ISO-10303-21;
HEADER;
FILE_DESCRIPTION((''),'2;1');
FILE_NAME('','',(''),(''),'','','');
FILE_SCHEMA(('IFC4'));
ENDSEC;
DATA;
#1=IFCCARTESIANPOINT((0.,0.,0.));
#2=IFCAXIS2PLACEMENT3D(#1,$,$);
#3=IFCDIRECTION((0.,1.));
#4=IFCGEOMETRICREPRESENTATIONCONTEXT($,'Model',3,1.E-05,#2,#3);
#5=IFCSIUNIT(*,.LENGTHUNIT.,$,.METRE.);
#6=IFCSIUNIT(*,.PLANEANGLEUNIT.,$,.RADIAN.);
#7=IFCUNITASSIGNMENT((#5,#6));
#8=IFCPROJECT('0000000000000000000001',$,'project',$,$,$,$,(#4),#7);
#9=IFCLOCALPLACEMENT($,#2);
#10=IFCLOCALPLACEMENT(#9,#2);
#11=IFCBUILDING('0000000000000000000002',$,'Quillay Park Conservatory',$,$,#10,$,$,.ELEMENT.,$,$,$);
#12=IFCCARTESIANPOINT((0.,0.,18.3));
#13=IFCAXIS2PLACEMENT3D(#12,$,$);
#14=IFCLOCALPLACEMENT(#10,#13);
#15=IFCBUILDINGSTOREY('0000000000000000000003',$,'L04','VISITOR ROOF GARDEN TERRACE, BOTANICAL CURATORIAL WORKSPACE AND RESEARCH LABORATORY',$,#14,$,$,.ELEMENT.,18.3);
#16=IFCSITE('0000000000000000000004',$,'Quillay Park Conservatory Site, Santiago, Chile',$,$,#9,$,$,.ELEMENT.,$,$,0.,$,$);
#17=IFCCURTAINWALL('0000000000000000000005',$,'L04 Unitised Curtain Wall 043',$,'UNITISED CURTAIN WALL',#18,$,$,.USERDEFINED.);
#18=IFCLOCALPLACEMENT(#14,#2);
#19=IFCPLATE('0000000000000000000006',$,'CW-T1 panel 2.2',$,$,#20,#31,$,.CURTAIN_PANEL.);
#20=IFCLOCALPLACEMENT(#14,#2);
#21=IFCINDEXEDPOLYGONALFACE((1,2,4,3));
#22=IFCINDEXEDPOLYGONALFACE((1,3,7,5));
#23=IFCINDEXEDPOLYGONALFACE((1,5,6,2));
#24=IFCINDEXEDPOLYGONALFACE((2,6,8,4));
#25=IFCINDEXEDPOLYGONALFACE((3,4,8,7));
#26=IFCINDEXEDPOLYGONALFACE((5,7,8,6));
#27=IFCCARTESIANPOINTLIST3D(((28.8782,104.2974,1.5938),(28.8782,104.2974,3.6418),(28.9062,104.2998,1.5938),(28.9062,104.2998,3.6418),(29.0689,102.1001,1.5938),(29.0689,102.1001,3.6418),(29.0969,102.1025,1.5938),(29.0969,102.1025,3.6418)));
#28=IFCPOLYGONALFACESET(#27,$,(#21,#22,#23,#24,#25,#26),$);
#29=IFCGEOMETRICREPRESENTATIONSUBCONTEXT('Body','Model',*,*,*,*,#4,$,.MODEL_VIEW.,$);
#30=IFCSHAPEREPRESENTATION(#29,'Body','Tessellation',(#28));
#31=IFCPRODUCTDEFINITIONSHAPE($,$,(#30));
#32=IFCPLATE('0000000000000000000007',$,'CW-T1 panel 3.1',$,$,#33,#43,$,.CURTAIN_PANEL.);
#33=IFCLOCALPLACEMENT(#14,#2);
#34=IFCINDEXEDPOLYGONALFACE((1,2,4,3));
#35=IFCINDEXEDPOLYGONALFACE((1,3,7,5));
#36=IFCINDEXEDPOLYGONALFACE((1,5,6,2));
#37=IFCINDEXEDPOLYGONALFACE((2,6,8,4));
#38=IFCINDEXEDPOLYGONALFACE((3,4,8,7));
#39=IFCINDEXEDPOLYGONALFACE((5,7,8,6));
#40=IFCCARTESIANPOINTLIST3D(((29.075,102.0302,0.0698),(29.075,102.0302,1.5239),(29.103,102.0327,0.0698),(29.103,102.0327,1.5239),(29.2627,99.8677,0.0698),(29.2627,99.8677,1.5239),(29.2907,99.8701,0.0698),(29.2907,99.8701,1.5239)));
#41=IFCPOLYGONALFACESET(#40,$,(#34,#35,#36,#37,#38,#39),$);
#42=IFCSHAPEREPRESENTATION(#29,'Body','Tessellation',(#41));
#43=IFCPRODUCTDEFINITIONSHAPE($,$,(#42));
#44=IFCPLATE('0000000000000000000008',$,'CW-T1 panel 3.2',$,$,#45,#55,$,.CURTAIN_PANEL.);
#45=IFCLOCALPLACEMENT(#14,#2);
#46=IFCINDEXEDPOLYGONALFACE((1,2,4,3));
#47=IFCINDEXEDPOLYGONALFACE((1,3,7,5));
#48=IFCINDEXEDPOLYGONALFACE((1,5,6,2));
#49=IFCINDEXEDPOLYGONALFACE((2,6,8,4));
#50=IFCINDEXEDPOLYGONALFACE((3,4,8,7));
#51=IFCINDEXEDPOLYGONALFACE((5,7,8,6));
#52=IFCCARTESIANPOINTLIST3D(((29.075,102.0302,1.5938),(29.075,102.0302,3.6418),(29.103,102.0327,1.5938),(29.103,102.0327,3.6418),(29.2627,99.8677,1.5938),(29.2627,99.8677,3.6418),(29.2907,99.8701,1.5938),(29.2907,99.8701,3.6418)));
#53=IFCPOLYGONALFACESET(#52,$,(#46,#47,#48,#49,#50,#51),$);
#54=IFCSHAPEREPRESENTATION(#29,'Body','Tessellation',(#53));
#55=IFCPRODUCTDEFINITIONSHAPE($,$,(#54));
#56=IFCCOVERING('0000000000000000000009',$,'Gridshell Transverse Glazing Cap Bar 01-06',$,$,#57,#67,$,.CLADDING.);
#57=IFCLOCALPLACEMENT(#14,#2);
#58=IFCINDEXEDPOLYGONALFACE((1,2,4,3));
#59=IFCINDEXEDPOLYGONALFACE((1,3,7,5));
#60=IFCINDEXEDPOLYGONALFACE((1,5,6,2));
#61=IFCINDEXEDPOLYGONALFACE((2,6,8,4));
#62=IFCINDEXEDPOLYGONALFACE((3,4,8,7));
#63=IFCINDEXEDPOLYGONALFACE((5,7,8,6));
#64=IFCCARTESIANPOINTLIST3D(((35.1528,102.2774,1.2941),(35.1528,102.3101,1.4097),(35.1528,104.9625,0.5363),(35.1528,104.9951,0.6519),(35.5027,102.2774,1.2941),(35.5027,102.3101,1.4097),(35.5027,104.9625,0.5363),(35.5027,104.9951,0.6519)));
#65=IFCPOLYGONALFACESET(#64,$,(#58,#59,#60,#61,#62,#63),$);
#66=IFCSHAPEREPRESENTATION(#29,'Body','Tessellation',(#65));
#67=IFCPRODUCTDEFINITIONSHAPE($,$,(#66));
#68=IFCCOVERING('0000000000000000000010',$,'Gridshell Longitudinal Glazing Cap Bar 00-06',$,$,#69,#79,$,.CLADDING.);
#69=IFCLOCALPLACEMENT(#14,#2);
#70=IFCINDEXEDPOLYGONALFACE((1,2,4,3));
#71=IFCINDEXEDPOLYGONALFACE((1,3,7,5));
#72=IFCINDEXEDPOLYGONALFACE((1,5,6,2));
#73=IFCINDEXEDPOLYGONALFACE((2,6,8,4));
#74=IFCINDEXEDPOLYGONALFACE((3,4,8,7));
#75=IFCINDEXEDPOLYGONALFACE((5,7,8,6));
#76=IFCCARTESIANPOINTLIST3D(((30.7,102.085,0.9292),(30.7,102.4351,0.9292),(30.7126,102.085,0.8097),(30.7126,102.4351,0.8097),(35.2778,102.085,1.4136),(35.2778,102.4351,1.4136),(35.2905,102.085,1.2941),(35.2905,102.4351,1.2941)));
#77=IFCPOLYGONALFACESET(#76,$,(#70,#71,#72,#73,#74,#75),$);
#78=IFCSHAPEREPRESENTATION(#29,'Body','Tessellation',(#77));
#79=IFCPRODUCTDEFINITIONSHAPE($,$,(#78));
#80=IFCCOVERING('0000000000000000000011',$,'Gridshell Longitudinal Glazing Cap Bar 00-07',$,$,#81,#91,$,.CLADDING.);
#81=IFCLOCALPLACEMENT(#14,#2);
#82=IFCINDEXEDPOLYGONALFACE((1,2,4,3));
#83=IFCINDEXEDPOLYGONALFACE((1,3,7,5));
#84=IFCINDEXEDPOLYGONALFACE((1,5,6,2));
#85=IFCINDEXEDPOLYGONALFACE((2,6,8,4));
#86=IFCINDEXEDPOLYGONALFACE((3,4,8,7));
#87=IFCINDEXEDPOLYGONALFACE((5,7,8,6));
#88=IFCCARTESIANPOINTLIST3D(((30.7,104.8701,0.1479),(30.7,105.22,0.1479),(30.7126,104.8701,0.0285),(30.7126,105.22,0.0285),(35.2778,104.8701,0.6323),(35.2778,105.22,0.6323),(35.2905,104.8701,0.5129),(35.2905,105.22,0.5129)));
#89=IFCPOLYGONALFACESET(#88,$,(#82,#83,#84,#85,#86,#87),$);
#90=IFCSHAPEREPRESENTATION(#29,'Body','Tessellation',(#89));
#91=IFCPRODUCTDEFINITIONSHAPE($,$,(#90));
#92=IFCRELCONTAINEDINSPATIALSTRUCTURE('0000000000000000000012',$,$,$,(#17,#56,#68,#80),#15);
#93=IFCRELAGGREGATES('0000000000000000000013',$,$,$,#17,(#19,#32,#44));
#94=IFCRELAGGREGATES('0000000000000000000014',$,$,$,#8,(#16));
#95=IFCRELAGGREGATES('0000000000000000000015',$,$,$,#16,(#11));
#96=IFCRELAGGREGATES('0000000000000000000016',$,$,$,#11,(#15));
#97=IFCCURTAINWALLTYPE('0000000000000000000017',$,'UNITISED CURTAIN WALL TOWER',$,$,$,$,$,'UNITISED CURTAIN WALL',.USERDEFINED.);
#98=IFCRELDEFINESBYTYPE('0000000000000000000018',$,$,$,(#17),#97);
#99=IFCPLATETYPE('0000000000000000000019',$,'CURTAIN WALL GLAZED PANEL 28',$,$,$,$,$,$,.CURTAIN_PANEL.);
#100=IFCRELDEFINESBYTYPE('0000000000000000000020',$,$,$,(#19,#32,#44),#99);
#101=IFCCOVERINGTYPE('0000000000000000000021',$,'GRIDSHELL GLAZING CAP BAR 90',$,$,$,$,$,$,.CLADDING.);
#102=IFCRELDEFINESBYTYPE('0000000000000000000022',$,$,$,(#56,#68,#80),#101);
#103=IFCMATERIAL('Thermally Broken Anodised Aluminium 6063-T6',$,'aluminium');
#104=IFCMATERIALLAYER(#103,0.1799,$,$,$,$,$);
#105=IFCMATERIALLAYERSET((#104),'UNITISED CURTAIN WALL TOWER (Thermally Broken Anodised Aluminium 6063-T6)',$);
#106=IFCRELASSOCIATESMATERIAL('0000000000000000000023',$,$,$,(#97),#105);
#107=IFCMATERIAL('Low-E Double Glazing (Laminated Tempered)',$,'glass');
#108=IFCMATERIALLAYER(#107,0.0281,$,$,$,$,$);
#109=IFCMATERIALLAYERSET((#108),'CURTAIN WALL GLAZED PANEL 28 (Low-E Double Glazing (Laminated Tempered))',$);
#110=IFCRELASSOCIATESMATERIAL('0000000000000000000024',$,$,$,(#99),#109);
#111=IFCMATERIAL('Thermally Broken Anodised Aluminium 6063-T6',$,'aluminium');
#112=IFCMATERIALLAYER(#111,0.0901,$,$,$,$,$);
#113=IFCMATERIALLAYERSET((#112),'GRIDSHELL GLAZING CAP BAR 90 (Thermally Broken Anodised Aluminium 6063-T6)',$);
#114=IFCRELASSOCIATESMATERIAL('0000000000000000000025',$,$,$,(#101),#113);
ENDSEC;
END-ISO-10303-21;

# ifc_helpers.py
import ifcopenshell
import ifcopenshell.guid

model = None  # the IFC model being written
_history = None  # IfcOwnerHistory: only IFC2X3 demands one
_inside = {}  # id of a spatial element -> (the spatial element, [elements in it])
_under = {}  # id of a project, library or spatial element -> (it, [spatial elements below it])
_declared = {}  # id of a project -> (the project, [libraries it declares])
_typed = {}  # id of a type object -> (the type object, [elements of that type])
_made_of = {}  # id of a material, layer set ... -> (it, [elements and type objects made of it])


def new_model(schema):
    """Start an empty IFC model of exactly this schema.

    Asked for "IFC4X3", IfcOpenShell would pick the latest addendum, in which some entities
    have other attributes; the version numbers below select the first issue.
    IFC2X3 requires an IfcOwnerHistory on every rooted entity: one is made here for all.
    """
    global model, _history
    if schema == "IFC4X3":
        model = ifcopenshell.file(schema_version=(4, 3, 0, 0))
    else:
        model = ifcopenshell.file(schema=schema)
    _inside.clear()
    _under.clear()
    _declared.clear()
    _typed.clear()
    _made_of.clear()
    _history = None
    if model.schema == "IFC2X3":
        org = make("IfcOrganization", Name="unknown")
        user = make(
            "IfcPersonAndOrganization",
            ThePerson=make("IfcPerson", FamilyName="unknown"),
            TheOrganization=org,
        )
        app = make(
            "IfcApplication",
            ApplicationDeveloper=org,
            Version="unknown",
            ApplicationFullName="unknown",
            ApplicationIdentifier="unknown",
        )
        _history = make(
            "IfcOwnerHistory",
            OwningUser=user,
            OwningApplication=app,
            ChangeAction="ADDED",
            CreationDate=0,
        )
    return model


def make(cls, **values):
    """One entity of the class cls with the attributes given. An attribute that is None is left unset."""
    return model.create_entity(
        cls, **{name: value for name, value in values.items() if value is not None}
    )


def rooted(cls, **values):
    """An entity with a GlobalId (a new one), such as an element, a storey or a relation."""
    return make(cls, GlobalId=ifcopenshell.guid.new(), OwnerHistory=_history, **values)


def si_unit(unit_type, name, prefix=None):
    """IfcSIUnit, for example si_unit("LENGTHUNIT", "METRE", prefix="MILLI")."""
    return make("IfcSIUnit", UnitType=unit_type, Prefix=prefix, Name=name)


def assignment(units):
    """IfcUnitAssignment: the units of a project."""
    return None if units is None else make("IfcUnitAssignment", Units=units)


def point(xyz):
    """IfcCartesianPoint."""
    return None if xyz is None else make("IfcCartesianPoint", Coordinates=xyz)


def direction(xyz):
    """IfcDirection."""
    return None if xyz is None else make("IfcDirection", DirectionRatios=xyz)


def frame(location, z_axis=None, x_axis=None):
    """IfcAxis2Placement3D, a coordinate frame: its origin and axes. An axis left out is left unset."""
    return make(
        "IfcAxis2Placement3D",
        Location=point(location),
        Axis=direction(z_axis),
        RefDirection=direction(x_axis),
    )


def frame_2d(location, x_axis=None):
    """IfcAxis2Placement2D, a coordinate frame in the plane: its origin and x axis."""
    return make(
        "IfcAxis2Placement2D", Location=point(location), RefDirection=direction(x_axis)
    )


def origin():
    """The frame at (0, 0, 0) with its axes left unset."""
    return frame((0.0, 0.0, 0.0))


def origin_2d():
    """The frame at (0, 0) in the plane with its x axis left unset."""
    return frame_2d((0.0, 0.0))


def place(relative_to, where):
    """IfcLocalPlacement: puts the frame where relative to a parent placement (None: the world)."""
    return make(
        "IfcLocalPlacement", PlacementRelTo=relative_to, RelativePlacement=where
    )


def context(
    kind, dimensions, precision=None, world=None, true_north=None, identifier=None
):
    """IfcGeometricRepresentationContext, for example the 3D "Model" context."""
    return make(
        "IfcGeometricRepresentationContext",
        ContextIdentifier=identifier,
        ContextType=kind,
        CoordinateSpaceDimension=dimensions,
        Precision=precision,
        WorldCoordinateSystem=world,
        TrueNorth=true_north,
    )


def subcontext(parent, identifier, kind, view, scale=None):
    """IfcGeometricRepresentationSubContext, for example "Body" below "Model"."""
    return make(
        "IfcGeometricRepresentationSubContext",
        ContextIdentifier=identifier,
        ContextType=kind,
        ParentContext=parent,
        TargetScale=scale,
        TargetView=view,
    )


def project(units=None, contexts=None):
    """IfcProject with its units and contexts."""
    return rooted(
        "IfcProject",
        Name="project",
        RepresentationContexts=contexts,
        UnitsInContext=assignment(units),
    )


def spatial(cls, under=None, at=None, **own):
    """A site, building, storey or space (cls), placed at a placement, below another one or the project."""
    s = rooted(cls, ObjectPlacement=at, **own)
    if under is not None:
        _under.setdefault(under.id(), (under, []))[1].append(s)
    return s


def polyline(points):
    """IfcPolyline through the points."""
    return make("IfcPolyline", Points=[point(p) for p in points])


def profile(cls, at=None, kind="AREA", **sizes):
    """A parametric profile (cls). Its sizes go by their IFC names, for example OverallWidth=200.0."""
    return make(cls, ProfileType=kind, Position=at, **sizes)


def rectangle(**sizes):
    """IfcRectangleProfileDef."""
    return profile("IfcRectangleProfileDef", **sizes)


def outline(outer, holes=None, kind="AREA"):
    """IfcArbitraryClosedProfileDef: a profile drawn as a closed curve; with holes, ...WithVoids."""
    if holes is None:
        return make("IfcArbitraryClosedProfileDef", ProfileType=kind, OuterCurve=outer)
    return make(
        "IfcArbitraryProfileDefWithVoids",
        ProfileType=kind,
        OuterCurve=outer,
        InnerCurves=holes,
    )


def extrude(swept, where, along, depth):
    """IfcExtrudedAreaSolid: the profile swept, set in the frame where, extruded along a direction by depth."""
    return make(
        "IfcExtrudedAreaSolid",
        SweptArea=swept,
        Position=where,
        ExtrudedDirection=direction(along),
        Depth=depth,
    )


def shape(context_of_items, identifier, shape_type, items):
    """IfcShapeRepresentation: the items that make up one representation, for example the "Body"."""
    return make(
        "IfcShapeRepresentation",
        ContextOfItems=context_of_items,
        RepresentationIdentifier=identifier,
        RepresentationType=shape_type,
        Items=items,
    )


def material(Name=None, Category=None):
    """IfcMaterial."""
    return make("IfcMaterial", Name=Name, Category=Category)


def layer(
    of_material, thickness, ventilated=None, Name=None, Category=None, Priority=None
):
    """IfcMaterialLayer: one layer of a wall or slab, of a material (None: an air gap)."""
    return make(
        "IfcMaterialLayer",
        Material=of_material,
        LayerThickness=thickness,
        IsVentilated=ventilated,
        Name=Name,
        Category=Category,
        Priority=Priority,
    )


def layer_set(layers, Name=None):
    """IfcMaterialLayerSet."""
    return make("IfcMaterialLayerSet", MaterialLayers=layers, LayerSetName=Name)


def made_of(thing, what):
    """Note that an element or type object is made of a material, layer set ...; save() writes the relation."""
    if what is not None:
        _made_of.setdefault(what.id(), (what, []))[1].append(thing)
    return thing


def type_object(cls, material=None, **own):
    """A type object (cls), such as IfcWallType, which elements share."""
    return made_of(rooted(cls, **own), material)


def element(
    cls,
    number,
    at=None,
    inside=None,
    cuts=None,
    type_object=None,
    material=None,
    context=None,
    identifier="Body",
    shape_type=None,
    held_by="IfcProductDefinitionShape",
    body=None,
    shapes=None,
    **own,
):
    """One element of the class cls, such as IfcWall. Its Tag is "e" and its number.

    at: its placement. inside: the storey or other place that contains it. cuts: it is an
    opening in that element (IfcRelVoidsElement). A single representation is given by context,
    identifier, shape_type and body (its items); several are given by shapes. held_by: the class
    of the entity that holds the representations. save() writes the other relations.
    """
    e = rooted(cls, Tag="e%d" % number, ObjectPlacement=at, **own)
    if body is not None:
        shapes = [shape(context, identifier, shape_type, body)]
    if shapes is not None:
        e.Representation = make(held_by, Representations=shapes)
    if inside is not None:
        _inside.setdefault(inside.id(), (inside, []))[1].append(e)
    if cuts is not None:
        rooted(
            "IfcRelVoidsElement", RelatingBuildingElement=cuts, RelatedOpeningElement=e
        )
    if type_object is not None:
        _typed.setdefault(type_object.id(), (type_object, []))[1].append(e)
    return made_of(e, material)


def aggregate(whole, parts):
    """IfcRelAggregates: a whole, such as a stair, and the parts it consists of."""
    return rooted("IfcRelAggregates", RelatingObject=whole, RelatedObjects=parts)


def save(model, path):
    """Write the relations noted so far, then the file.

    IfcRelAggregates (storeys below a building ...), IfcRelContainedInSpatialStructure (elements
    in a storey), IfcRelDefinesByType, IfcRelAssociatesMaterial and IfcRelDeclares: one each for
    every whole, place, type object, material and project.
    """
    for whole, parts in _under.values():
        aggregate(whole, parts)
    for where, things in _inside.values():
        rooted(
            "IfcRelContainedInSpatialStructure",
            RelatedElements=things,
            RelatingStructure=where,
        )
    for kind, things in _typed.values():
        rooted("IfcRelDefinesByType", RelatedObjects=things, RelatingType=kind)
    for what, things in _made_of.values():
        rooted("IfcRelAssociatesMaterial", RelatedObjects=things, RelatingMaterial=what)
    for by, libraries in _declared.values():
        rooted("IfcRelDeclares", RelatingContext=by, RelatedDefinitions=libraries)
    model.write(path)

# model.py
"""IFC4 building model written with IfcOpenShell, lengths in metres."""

from ifc_helpers import new_model, si_unit, direction, frame, origin, origin_2d, place, context, subcontext, project, spatial, polyline, rectangle, outline, extrude, material, layer, layer_set, type_object, element, aggregate, save


model = new_model("IFC4")

# Units and contexts
model_context = context("Model", 3, precision=1e-05, world=origin(), true_north=direction((0.0, 1.0)))
body_context = subcontext(model_context, "Body", "Model", "MODEL_VIEW")
ifc_project = project(units=[si_unit("LENGTHUNIT", "METRE"), si_unit("PLANEANGLEUNIT", "RADIAN")], contexts=[model_context])

# Site, building, storey
site_placement = place(None, origin())
site = spatial("IfcSite", under=ifc_project, at=site_placement, Name="Quillay Park Conservatory Site, Santiago, Chile", CompositionType="ELEMENT", RefElevation=0.0)
building_placement = place(site_placement, origin())
building = spatial("IfcBuilding", under=site, at=building_placement, Name="Quillay Park Conservatory", CompositionType="ELEMENT")
storey_placement = place(building_placement, frame((0.0, 0.0, 18.3)))
storey = spatial("IfcBuildingStorey", under=building, at=storey_placement, Name="L04", Description="VISITOR ROOF GARDEN TERRACE, BOTANICAL CURATORIAL WORKSPACE AND RESEARCH LABORATORY", CompositionType="ELEMENT", Elevation=18.3)

# Curtain wall
ifc_material_1 = material(Name="Thermally Broken Anodised Aluminium 6063-T6", Category="aluminium")
ifc_layer_1 = layer(ifc_material_1, 0.1799)
ifc_layer_set_1 = layer_set([ifc_layer_1], Name="UNITISED CURTAIN WALL TOWER (Thermally Broken Anodised Aluminium 6063-T6)")
curtain_wall_type = type_object("IfcCurtainWallType", Name="UNITISED CURTAIN WALL TOWER", ElementType="UNITISED CURTAIN WALL", PredefinedType="USERDEFINED", material=ifc_layer_set_1)
curtain_wall_1_placement = place(storey_placement, origin())
curtain_wall_1 = element("IfcCurtainWall", 1, at=curtain_wall_1_placement, inside=storey, type_object=curtain_wall_type, Name="L04 Unitised Curtain Wall 043", ObjectType="UNITISED CURTAIN WALL", PredefinedType="USERDEFINED")

# Plates
ifc_material_2 = material(Name="Low-E Double Glazing (Laminated Tempered)", Category="glass")
ifc_layer_2 = layer(ifc_material_2, 0.0281)
ifc_layer_set_2 = layer_set([ifc_layer_2], Name="CURTAIN WALL GLAZED PANEL 28 (Low-E Double Glazing (Laminated Tempered))")
plate_type_1 = type_object("IfcPlateType", Name="CURTAIN WALL GLAZED PANEL 28", PredefinedType="CURTAIN_PANEL", material=ifc_layer_set_2)
plate_1_placement = place(storey_placement, frame((28.9875, 103.2, 1.5938), z_axis=(0.0, 0.0, 1.0), x_axis=(0.08648, -0.996254, 0.0)))
plate_1 = element("IfcPlate", 2, at=plate_1_placement, type_object=plate_type_1, Name="CW-T1 panel 2.2", PredefinedType="CURTAIN_PANEL", context=body_context, shape_type="SweptSolid", body=[
    extrude(rectangle(XDim=2.2056, YDim=0.0281, at=origin_2d()), origin(), (0.0, 0.0, 1.0), 2.0481),
])
plate_2_placement = place(storey_placement, frame((29.1829, 100.9502, 0.0698), z_axis=(0.0, 0.0, 1.0), x_axis=(0.08648, -0.996254, 0.0)))
plate_2 = element("IfcPlate", 3, at=plate_2_placement, type_object=plate_type_1, Name="CW-T1 panel 3.1", PredefinedType="CURTAIN_PANEL", context=body_context, shape_type="SweptSolid", body=[
    extrude(rectangle(XDim=2.1707, YDim=0.0281, at=origin_2d()), origin(), (0.0, 0.0, 1.0), 1.4541),
])
plate_3_placement = place(storey_placement, frame((29.1829, 100.9502, 1.5938), z_axis=(0.0, 0.0, 1.0), x_axis=(0.08648, -0.996254, 0.0)))
plate_3 = element("IfcPlate", 4, at=plate_3_placement, type_object=plate_type_1, Name="CW-T1 panel 3.2", PredefinedType="CURTAIN_PANEL", context=body_context, shape_type="SweptSolid", body=[
    extrude(rectangle(XDim=2.1707, YDim=0.0281, at=origin_2d()), origin(), (0.0, 0.0, 1.0), 2.0481),
])
aggregate(curtain_wall_1, [plate_1, plate_2, plate_3])

# Coverings
ifc_material_3 = material(Name="Thermally Broken Anodised Aluminium 6063-T6", Category="aluminium")
ifc_layer_3 = layer(ifc_material_3, 0.0901)
ifc_layer_set_3 = layer_set([ifc_layer_3], Name="GRIDSHELL GLAZING CAP BAR 90 (Thermally Broken Anodised Aluminium 6063-T6)")
covering_type = type_object("IfcCoveringType", Name="GRIDSHELL GLAZING CAP BAR 90", PredefinedType="CLADDING", material=ifc_layer_set_3)
covering_1_placement = place(storey_placement, frame((35.1528, 102.3101, 1.4097), z_axis=(0.0, 0.271622, 0.962404), x_axis=(1.0, 0.0, 0.0)))
element("IfcCovering", 5, at=covering_1_placement, inside=storey, type_object=covering_type, Name="Gridshell Transverse Glazing Cap Bar 01-06", PredefinedType="CLADDING", context=body_context, shape_type="SweptSolid", body=[
    extrude(outline(polyline([(0.0, 0.0), (0.3499, 0.0), (0.3499, 2.7899), (0.0, 2.7899), (0.0, 0.0)])), origin(), (0.0, 0.0, -1.0), 0.1201),
])
covering_2_placement = place(storey_placement, frame((30.7, 102.085, 0.9292), z_axis=(-0.10522, 0.0, 0.994449), x_axis=(0.994449, 0.0, 0.10522)))
element("IfcCovering", 6, at=covering_2_placement, inside=storey, type_object=covering_type, Name="Gridshell Longitudinal Glazing Cap Bar 00-06", PredefinedType="CLADDING", context=body_context, shape_type="SweptSolid", body=[
    extrude(outline(polyline([(0.0, 0.0), (4.6034, 0.0), (4.6034, 0.3501), (0.0, 0.3501), (0.0, 0.0)])), origin(), (0.0, 0.0, -1.0), 0.1201),
])
covering_3_placement = place(storey_placement, frame((30.7, 104.8701, 0.1479), z_axis=(-0.10522, 0.0, 0.994449), x_axis=(0.994449, 0.0, 0.10522)))
element("IfcCovering", 7, at=covering_3_placement, inside=storey, type_object=covering_type, Name="Gridshell Longitudinal Glazing Cap Bar 00-07", PredefinedType="CLADDING", context=body_context, shape_type="SweptSolid", body=[
    extrude(outline(polyline([(0.0, 0.0), (4.6034, 0.0), (4.6034, 0.3499), (0.0, 0.3499), (0.0, 0.0)])), origin(), (0.0, 0.0, -1.0), 0.1201),
])

save(model, "model.ifc")
